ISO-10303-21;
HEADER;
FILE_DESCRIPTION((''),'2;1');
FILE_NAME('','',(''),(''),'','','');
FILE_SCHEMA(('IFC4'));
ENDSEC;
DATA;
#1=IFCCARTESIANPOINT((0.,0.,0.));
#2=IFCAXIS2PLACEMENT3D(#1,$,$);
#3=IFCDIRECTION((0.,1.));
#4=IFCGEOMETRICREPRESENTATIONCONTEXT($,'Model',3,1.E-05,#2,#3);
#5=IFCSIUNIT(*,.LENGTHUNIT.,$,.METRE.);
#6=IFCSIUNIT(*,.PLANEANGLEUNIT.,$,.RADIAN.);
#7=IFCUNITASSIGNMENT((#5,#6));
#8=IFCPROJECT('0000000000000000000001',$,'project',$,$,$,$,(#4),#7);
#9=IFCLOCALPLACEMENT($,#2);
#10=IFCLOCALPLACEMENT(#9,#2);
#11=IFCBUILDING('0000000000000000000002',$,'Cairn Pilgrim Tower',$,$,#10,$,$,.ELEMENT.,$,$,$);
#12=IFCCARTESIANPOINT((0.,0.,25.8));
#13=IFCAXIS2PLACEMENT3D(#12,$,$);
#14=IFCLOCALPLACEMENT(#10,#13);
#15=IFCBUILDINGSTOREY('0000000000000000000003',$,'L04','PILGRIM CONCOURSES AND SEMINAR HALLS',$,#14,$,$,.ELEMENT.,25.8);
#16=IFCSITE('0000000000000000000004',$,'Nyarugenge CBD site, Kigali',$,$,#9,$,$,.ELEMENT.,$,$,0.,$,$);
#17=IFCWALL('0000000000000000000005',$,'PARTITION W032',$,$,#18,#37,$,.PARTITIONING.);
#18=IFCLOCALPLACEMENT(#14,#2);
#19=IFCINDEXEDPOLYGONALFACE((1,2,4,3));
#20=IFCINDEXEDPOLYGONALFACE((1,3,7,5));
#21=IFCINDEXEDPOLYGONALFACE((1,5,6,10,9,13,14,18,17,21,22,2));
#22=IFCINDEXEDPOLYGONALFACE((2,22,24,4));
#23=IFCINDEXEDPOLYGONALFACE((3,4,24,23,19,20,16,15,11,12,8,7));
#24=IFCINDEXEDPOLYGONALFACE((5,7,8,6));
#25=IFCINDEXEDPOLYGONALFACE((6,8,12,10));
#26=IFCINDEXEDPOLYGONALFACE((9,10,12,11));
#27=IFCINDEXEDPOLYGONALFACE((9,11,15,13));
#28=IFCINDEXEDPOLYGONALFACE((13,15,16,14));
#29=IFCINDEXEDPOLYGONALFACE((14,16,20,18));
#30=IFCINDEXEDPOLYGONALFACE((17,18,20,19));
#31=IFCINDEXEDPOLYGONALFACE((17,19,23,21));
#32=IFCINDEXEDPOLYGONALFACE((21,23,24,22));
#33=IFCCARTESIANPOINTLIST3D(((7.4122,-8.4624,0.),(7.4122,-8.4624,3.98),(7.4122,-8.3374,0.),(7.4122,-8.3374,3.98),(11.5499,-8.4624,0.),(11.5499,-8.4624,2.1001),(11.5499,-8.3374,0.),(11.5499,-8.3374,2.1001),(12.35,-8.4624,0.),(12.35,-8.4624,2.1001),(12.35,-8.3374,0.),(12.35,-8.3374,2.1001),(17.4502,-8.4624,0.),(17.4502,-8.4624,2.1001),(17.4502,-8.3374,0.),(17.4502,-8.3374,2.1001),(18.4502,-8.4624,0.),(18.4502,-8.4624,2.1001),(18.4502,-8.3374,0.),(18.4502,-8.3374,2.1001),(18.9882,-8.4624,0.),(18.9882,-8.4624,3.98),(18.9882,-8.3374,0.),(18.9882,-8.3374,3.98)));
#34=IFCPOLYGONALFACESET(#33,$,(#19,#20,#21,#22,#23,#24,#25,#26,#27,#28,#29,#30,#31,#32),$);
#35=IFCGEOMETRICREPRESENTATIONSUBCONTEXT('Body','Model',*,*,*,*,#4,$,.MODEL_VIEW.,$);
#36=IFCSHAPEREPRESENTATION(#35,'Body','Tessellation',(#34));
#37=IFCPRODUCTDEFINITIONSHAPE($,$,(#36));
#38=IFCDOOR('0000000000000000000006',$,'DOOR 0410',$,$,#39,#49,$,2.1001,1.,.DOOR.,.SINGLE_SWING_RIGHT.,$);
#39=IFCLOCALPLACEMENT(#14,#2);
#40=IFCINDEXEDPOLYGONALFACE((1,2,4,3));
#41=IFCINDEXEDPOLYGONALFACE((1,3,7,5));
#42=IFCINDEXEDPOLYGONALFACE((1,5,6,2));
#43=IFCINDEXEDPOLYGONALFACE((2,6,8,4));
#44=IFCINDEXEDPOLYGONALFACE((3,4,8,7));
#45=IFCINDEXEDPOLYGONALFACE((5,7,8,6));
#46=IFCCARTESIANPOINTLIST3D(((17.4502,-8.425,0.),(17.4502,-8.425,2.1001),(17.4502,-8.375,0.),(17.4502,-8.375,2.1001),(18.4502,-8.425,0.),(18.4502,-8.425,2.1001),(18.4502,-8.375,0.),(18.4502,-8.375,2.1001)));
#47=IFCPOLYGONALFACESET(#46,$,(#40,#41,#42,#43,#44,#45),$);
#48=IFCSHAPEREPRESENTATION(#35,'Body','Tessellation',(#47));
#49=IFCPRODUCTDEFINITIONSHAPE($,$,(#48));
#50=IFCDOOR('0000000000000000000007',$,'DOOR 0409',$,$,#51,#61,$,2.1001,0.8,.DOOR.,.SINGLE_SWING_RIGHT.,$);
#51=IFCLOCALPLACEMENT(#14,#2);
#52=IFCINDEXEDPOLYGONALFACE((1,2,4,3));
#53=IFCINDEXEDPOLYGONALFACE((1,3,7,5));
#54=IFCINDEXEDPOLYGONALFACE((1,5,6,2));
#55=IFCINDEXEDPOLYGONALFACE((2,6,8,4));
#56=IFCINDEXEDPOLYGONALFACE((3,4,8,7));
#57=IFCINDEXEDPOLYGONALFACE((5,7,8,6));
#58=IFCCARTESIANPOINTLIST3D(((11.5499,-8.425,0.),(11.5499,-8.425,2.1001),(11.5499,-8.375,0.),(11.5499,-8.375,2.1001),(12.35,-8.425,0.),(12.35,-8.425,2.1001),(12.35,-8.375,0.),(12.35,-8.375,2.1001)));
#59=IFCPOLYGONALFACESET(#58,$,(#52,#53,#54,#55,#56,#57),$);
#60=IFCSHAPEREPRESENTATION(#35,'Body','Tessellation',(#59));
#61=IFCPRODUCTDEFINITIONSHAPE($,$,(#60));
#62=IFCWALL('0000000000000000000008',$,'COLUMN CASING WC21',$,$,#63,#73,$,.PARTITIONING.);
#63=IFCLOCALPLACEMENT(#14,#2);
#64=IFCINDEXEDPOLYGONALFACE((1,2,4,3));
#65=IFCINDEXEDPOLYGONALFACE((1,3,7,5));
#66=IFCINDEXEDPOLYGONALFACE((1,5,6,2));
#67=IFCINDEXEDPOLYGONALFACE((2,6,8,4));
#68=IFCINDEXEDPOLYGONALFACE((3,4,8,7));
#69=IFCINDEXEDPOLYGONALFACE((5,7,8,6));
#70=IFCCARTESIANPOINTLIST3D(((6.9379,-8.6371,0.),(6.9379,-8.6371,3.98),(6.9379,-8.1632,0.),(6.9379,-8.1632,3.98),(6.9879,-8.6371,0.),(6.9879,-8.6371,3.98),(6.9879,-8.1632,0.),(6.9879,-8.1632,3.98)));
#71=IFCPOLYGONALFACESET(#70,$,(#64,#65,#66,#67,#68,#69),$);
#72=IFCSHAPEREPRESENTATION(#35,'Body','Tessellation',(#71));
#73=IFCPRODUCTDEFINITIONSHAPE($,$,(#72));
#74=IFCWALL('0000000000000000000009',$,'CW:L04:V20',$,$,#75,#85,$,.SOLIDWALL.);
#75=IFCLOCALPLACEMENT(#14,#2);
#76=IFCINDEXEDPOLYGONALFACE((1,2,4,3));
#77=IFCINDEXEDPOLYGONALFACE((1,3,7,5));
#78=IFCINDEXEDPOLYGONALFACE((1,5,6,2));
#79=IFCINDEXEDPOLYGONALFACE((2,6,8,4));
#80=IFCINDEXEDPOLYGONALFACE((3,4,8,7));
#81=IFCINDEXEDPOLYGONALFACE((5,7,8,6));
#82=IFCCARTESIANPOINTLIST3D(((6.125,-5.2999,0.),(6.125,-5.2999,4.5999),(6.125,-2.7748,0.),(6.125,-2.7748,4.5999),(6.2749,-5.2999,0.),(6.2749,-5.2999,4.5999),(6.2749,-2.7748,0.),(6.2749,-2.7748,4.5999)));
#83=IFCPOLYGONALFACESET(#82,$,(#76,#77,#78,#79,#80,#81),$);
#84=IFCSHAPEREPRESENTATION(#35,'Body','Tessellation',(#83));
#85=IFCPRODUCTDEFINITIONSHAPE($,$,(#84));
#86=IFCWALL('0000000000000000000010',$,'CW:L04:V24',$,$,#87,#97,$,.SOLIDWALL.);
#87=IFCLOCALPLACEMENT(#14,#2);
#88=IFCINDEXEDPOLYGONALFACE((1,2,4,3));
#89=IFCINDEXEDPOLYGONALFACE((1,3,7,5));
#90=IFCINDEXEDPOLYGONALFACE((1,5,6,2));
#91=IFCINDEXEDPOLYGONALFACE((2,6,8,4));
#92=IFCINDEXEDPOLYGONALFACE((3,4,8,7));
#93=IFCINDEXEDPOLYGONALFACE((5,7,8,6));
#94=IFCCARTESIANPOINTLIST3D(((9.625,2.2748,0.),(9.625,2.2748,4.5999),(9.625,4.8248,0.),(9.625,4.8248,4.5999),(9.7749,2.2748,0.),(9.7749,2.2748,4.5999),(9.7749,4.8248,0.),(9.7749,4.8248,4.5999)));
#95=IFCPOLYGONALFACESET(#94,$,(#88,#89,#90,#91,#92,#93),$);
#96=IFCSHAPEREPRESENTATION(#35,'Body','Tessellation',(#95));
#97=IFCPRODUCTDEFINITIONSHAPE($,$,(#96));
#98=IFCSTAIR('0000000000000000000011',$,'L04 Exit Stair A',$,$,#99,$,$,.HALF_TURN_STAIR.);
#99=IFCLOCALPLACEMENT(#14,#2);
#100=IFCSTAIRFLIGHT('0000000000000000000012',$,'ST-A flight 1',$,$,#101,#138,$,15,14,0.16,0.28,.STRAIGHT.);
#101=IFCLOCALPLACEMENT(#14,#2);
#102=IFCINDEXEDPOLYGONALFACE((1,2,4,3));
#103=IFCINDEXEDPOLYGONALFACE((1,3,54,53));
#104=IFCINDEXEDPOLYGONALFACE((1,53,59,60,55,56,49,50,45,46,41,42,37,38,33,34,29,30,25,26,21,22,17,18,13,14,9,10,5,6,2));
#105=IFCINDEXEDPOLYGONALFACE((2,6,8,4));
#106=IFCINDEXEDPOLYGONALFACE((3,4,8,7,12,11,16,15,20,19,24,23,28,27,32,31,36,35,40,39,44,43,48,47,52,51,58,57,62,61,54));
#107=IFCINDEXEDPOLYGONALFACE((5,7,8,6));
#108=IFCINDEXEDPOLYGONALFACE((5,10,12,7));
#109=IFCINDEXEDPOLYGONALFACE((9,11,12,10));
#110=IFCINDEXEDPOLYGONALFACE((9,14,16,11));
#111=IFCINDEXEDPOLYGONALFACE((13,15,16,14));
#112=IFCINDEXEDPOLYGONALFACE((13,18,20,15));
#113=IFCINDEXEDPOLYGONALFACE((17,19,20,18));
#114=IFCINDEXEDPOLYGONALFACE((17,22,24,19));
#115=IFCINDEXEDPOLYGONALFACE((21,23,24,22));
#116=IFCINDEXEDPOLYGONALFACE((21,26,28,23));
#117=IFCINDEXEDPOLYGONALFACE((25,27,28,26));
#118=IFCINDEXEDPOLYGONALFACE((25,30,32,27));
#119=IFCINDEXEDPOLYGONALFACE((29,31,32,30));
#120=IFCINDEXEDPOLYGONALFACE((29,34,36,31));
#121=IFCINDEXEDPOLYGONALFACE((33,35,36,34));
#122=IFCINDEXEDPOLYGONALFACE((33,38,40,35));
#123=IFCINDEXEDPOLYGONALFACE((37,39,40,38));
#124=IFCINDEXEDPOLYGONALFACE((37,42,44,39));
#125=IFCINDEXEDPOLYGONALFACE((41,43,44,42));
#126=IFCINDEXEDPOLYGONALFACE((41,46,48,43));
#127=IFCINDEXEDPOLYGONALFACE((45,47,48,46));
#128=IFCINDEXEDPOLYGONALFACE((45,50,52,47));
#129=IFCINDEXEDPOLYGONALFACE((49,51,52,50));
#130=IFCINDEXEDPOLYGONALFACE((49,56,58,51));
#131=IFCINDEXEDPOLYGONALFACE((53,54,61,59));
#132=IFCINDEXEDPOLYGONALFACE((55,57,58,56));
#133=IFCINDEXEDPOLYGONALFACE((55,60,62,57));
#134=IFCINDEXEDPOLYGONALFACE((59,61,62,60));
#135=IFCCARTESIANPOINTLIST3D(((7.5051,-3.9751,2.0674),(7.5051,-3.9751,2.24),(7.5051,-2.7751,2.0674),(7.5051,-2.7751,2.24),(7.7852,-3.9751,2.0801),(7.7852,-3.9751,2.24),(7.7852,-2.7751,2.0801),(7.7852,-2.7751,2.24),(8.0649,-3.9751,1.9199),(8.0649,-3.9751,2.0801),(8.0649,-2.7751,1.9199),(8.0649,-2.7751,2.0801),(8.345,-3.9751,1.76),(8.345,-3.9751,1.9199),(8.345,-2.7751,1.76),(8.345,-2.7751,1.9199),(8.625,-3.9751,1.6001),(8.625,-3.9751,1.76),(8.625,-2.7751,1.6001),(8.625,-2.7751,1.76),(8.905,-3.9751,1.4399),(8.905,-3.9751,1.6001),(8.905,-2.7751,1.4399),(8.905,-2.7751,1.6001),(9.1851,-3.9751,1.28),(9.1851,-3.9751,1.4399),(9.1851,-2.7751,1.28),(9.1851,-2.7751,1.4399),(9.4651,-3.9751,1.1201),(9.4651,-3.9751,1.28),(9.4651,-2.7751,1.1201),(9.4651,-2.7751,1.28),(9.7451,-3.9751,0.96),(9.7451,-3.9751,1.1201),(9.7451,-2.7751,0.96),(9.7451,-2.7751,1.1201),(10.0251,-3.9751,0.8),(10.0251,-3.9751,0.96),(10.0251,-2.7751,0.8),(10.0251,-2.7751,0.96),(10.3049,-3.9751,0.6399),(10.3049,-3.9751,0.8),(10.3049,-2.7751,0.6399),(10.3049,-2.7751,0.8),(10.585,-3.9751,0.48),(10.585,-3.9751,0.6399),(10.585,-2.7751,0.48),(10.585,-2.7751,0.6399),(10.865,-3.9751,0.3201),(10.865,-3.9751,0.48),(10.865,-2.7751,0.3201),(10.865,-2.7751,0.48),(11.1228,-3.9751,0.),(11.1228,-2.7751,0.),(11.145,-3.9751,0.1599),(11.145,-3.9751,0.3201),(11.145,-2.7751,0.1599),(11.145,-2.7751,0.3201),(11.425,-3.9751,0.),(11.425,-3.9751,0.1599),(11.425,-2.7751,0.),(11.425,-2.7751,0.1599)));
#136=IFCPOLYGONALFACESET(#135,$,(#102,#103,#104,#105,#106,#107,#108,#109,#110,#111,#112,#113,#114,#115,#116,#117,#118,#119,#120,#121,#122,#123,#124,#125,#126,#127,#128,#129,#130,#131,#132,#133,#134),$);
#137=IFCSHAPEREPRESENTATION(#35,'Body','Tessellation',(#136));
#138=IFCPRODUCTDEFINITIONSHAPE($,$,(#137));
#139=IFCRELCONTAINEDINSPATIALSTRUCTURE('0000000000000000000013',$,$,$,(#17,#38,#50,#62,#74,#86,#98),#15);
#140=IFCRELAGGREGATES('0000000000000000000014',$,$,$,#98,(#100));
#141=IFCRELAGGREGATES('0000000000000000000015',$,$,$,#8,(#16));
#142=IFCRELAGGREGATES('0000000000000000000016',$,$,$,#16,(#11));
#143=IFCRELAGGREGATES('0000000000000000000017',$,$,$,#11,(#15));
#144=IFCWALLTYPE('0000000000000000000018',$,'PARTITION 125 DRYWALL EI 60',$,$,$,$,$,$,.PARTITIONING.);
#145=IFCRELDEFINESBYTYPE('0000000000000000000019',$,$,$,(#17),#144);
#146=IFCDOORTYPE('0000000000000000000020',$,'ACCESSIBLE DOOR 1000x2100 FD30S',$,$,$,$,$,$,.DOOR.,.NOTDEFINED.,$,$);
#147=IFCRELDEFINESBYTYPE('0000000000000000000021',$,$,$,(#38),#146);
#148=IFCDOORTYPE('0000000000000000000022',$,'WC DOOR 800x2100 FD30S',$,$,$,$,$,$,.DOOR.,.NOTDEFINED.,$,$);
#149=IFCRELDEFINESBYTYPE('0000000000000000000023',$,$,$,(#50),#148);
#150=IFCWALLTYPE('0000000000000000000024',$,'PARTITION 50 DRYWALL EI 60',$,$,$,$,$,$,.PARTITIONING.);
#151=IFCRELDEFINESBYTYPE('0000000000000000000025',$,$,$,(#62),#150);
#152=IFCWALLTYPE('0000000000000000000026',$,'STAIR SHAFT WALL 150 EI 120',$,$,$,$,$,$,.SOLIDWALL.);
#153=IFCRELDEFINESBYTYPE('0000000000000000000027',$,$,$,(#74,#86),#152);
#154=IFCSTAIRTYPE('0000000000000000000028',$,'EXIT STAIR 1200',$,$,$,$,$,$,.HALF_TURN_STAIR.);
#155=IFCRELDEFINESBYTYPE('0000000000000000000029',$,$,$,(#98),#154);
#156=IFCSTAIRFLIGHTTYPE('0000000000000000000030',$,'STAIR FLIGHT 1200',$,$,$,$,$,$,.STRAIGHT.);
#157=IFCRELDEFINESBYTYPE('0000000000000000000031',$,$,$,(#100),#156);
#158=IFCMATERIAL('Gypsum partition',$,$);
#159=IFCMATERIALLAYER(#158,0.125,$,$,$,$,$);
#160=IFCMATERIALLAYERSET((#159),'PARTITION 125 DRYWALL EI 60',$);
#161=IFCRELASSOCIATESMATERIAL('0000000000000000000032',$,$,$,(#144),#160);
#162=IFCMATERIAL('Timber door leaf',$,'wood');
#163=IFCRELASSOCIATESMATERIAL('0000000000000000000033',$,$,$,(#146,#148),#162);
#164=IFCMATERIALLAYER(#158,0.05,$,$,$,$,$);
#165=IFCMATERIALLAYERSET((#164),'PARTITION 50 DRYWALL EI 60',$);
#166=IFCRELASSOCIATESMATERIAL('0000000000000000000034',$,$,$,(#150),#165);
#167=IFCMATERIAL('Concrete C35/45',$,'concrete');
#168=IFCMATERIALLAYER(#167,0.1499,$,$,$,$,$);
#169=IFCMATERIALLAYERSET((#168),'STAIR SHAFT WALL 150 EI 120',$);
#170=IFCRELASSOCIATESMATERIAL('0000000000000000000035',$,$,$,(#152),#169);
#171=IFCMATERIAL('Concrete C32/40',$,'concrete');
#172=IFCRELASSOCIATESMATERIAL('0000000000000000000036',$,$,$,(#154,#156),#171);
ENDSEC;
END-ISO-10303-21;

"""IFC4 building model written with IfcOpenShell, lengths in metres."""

from ifc_helpers import new_model, si_unit, direction, frame, frame_2d, origin, place, context, subcontext, project, spatial, polyline, rectangle, outline, extrude, material, layer, layer_set, type_object, element, fill, aggregate, save


model = new_model("IFC4")

# Units and contexts
model_context = context("Model", 3, precision=1e-05, world=origin(), true_north=direction((0.0, 1.0)))
body_context = subcontext(model_context, "Body", "Model", "MODEL_VIEW")
ifc_project = project(units=[si_unit("LENGTHUNIT", "METRE"), si_unit("PLANEANGLEUNIT", "RADIAN")], contexts=[model_context])

# Site, building, storey
site_placement = place(None, origin())
site = spatial("IfcSite", under=ifc_project, at=site_placement, Name="Nyarugenge CBD site, Kigali", CompositionType="ELEMENT", RefElevation=0.0)
building_placement = place(site_placement, origin())
building = spatial("IfcBuilding", under=site, at=building_placement, Name="Cairn Pilgrim Tower", CompositionType="ELEMENT")
storey_placement = place(building_placement, frame((0.0, 0.0, 25.8)))
storey = spatial("IfcBuildingStorey", under=building, at=storey_placement, Name="L04", Description="PILGRIM CONCOURSES AND SEMINAR HALLS", CompositionType="ELEMENT", Elevation=25.8)

# Shared definitions
ifc_material_1 = material(Name="Concrete C32/40", Category="concrete")

# Wall, openings, doors
ifc_material_2 = material(Name="Gypsum partition")
ifc_layer_1 = layer(ifc_material_2, 0.125)
ifc_layer_set_1 = layer_set([ifc_layer_1], Name="PARTITION 125 DRYWALL EI 60")
wall_type_1 = type_object("IfcWallType", Name="PARTITION 125 DRYWALL EI 60", PredefinedType="PARTITIONING", material=ifc_layer_set_1)
wall_1_placement = place(storey_placement, frame((7.4121, -8.3999, 0.0), z_axis=(0.0, 0.0, 1.0), x_axis=(1.0, 0.0, 0.0)))
wall_1 = element("IfcWall", 1, at=wall_1_placement, inside=storey, type_object=wall_type_1, Name="PARTITION W032", PredefinedType="PARTITIONING", context=body_context, shape_type="SweptSolid", body=[
    extrude(rectangle(XDim=11.5759, YDim=0.125, at=frame_2d((5.7881, 0.0))), origin(), (0.0, 0.0, 1.0), 3.98),
])
opening_1_placement = place(wall_1_placement, frame((4.1379, 0.0, 0.0)))
opening_1 = element("IfcOpeningElement", 2, at=opening_1_placement, cuts=wall_1, PredefinedType="OPENING", context=body_context, shape_type="SweptSolid", body=[
    extrude(rectangle(XDim=0.8, YDim=2.1001, at=frame_2d((0.3999, 1.05))), frame((0.0, 0.0725, 0.0), z_axis=(0.0, -1.0, 0.0), x_axis=(1.0, 0.0, 0.0)), (0.0, 0.0, 1.0), 0.145),
])
opening_2_placement = place(wall_1_placement, frame((10.0381, 0.0, 0.0)))
opening_2 = element("IfcOpeningElement", 3, at=opening_2_placement, cuts=wall_1, PredefinedType="OPENING", context=body_context, shape_type="SweptSolid", body=[
    extrude(rectangle(XDim=1.0, YDim=2.1001, at=frame_2d((0.5, 1.05))), frame((0.0, 0.0725, 0.0), z_axis=(0.0, -1.0, 0.0), x_axis=(1.0, 0.0, 0.0)), (0.0, 0.0, 1.0), 0.145),
])
ifc_material_3 = material(Name="Timber door leaf", Category="wood")
door_type_1 = type_object("IfcDoorType", Name="ACCESSIBLE DOOR 1000x2100 FD30S", OperationType="NOTDEFINED", PredefinedType="DOOR", material=ifc_material_3)
door_1_placement = place(opening_2_placement, origin())
door_1 = element("IfcDoor", 4, at=door_1_placement, inside=storey, type_object=door_type_1, Name="DOOR 0410", OperationType="SINGLE_SWING_RIGHT", OverallHeight=2.1001, OverallWidth=1.0, PredefinedType="DOOR", context=body_context, shape_type="SweptSolid", body=[
    extrude(rectangle(XDim=1.0, YDim=2.1001, at=frame_2d((0.5, 1.05))), frame((0.0, 0.0249, 0.0), z_axis=(0.0, -1.0, 0.0), x_axis=(1.0, 0.0, 0.0)), (0.0, 0.0, 1.0), 0.05),
])
fill(opening_2, door_1)
door_type_2 = type_object("IfcDoorType", Name="WC DOOR 800x2100 FD30S", OperationType="NOTDEFINED", PredefinedType="DOOR", material=ifc_material_3)
door_2_placement = place(opening_1_placement, origin())
door_2 = element("IfcDoor", 5, at=door_2_placement, inside=storey, type_object=door_type_2, Name="DOOR 0409", OperationType="SINGLE_SWING_RIGHT", OverallHeight=2.1001, OverallWidth=0.8, PredefinedType="DOOR", context=body_context, shape_type="SweptSolid", body=[
    extrude(rectangle(XDim=0.8, YDim=2.1001, at=frame_2d((0.3999, 1.05))), frame((0.0, 0.0249, 0.0), z_axis=(0.0, -1.0, 0.0), x_axis=(1.0, 0.0, 0.0)), (0.0, 0.0, 1.0), 0.05),
])
fill(opening_1, door_2)

# Walls
ifc_layer_2 = layer(ifc_material_2, 0.05)
ifc_layer_set_2 = layer_set([ifc_layer_2], Name="PARTITION 50 DRYWALL EI 60")
wall_type_2 = type_object("IfcWallType", Name="PARTITION 50 DRYWALL EI 60", PredefinedType="PARTITIONING", material=ifc_layer_set_2)
wall_2_placement = place(storey_placement, frame((6.9629, -8.637, 0.0), z_axis=(0.0, 0.0, 1.0), x_axis=(0.0, 1.0, 0.0)))
element("IfcWall", 6, at=wall_2_placement, inside=storey, type_object=wall_type_2, Name="COLUMN CASING WC21", PredefinedType="PARTITIONING", context=body_context, shape_type="SweptSolid", body=[
    extrude(rectangle(XDim=0.4739, YDim=0.05, at=frame_2d((0.2368, 0.0))), origin(), (0.0, 0.0, 1.0), 3.98),
])
ifc_material_4 = material(Name="Concrete C35/45", Category="concrete")
ifc_layer_3 = layer(ifc_material_4, 0.1499)
ifc_layer_set_3 = layer_set([ifc_layer_3], Name="STAIR SHAFT WALL 150 EI 120")
wall_type_3 = type_object("IfcWallType", Name="STAIR SHAFT WALL 150 EI 120", PredefinedType="SOLIDWALL", material=ifc_layer_set_3)
wall_3_placement = place(storey_placement, frame((6.2, -5.3, 0.0), z_axis=(0.0, 0.0, 1.0), x_axis=(0.0, 1.0, 0.0)))
element("IfcWall", 7, at=wall_3_placement, inside=storey, type_object=wall_type_3, Name="CW:L04:V20", PredefinedType="SOLIDWALL", context=body_context, shape_type="SweptSolid", body=[
    extrude(rectangle(XDim=2.5251, YDim=0.1499, at=frame_2d((1.2627, 0.0))), origin(), (0.0, 0.0, 1.0), 4.5999),
])
wall_4_placement = place(storey_placement, frame((9.7, 2.2749, 0.0), z_axis=(0.0, 0.0, 1.0), x_axis=(0.0, 1.0, 0.0)))
element("IfcWall", 8, at=wall_4_placement, inside=storey, type_object=wall_type_3, Name="CW:L04:V24", PredefinedType="SOLIDWALL", context=body_context, shape_type="SweptSolid", body=[
    extrude(rectangle(XDim=2.55, YDim=0.1499, at=frame_2d((1.2749, 0.0))), origin(), (0.0, 0.0, 1.0), 4.5999),
])

# Stair, stair flight
stair_type = type_object("IfcStairType", Name="EXIT STAIR 1200", PredefinedType="HALF_TURN_STAIR", material=ifc_material_1)
stair_placement = place(storey_placement, origin())
stair = element("IfcStair", 9, at=stair_placement, inside=storey, type_object=stair_type, Name="L04 Exit Stair A", PredefinedType="HALF_TURN_STAIR")
stair_flight_type = type_object("IfcStairFlightType", Name="STAIR FLIGHT 1200", PredefinedType="STRAIGHT", material=ifc_material_1)
stair_flight_1_placement = place(storey_placement, frame((11.425, -3.375, 0.0), z_axis=(0.0, 0.0, 1.0), x_axis=(-1.0, 0.0, 0.0)))
stair_flight_1 = element("IfcStairFlight", 10, at=stair_flight_1_placement, type_object=stair_flight_type, Name="ST-A flight 1", NumberOfRisers=15, NumberOfTreads=14, PredefinedType="STRAIGHT", RiserHeight=0.16, TreadLength=0.28, context=body_context, shape_type="SweptSolid", body=[
    extrude(outline(polyline([(0.0, 0.0), (0.0, 0.1599), (0.28, 0.1599), (0.28, 0.3201), (0.5601, 0.3201), (0.5601, 0.48), (0.8401, 0.48), (0.8401, 0.6399), (1.1201, 0.6399), (1.1201, 0.8), (1.3999, 0.8), (1.3999, 0.96), (1.6799, 0.96), (1.6799, 1.1201), (1.96, 1.1201), (1.96, 1.28), (2.24, 1.28), (2.24, 1.4399), (2.52, 1.4399), (2.52, 1.6001), (2.8, 1.6001), (2.8, 1.76), (3.0801, 1.76), (3.0801, 1.9199), (3.3601, 1.9199), (3.3601, 2.0801), (3.6399, 2.0801), (3.6399, 2.24), (3.9199, 2.24), (3.9199, 2.3999), (3.9199, 2.0674), (0.3022, 0.0), (0.0, 0.0)])), frame((0.0, 0.6001, 0.0), z_axis=(0.0, -1.0, 0.0), x_axis=(1.0, 0.0, 0.0)), (0.0, 0.0, 1.0), 1.2),
])
aggregate(stair, [stair_flight_1])

save(model, "model.ifc")
